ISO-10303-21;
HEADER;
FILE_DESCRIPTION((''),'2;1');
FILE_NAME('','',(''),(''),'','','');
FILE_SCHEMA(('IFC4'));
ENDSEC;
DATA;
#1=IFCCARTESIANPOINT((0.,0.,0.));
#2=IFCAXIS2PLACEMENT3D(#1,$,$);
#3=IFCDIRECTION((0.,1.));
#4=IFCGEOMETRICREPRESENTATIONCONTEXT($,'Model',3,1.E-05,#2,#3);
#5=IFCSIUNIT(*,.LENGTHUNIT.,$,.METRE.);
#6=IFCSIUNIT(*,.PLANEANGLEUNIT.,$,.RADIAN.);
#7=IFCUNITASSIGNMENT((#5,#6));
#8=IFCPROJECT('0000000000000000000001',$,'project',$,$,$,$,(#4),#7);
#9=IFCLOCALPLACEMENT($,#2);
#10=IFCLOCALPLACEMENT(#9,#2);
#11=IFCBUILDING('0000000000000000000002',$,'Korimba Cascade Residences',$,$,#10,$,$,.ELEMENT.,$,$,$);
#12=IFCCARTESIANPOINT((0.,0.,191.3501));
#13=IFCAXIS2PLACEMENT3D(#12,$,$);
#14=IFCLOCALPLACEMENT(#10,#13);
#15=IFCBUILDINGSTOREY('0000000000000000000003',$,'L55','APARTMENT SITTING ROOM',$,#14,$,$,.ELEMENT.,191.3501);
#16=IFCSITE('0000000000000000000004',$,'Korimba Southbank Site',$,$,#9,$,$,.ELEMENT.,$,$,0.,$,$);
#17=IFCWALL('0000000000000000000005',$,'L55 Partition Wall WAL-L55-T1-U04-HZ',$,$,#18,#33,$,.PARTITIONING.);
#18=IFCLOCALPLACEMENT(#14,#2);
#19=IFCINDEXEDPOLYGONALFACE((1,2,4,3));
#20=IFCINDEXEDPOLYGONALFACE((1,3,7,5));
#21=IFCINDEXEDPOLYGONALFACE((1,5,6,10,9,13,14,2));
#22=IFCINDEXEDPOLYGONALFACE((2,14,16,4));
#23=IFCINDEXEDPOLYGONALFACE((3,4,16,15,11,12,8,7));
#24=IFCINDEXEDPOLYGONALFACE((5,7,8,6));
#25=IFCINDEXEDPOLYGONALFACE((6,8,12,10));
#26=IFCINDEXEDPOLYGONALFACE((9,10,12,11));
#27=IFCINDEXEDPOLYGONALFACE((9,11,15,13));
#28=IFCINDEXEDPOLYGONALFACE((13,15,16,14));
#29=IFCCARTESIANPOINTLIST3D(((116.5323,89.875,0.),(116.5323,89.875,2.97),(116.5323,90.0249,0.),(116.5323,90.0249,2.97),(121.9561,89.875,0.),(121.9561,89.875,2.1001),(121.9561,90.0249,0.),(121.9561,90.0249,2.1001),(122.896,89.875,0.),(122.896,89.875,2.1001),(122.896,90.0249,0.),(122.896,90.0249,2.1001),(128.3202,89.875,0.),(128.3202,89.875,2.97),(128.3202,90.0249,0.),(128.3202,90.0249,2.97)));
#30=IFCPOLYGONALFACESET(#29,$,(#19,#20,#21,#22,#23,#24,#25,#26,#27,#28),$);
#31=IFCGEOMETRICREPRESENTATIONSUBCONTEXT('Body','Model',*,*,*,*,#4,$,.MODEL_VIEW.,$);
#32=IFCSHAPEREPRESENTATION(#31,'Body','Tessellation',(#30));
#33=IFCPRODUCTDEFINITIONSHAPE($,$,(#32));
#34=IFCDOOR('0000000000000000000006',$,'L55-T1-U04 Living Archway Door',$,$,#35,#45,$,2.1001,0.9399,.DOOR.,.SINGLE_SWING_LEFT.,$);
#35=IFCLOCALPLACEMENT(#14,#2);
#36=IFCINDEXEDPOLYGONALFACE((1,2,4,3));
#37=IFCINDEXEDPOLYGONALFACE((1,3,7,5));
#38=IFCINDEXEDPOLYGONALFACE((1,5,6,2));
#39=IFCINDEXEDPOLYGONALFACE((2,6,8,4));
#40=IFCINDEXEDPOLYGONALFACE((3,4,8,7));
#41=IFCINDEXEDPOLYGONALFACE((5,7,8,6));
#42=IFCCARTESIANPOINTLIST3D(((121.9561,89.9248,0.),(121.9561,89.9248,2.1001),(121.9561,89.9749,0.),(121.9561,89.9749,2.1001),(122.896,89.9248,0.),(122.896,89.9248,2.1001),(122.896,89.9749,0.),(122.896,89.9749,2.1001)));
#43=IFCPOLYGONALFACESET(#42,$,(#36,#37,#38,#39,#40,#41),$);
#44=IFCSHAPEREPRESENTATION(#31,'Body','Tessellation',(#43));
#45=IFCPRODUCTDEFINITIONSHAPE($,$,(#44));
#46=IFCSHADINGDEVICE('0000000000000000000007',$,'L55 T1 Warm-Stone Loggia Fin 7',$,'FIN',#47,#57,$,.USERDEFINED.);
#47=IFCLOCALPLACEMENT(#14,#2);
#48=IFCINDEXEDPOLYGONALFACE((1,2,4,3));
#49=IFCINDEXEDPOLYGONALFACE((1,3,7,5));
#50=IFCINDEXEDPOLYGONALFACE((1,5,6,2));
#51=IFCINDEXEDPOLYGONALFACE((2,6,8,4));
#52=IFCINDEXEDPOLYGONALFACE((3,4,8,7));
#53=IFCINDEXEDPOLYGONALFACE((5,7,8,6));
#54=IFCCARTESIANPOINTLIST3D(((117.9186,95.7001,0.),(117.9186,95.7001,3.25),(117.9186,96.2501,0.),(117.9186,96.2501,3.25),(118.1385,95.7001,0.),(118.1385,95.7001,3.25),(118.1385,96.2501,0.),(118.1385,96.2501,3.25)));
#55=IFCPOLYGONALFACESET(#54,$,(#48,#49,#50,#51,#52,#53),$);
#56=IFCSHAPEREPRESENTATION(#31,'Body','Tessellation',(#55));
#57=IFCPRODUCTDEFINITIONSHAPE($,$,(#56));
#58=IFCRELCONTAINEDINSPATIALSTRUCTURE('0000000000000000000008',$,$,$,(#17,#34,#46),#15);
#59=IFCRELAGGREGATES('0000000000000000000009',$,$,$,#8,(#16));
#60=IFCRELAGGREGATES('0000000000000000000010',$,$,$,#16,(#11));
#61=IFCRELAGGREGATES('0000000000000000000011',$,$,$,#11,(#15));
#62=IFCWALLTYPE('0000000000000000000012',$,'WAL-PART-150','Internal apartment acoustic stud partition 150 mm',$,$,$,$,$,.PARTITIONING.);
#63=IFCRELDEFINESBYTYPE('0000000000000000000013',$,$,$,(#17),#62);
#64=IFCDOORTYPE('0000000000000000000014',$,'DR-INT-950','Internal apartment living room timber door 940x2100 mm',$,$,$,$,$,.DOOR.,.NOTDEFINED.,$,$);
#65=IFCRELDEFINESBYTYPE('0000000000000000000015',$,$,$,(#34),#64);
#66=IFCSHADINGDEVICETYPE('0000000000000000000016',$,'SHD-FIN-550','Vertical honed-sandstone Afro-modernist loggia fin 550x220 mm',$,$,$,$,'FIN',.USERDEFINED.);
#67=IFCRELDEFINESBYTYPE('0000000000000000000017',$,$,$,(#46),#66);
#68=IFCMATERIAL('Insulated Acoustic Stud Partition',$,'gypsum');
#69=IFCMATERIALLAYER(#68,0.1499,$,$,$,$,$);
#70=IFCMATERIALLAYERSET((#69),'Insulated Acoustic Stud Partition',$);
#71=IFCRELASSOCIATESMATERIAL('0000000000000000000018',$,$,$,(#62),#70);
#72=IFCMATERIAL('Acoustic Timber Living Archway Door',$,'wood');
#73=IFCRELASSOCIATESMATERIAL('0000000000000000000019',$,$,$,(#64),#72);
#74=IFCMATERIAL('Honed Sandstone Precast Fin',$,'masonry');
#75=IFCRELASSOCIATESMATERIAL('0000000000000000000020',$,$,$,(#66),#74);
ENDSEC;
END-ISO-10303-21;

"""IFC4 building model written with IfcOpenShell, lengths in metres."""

from ifc_helpers import new_model, si_unit, direction, frame, frame_2d, origin, origin_2d, place, context, subcontext, project, spatial, rectangle, extrude, material, layer, layer_set, type_object, element, fill, save


model = new_model("IFC4")

# Units and contexts
model_context = context("Model", 3, precision=1e-05, world=origin(), true_north=direction((0.0, 1.0)))
body_context = subcontext(model_context, "Body", "Model", "MODEL_VIEW")
ifc_project = project(units=[si_unit("LENGTHUNIT", "METRE"), si_unit("PLANEANGLEUNIT", "RADIAN")], contexts=[model_context])

# Site, building, storey
site_placement = place(None, origin())
site = spatial("IfcSite", under=ifc_project, at=site_placement, Name="Korimba Southbank Site", CompositionType="ELEMENT", RefElevation=0.0)
building_placement = place(site_placement, origin())
building = spatial("IfcBuilding", under=site, at=building_placement, Name="Korimba Cascade Residences", CompositionType="ELEMENT")
storey_placement = place(building_placement, frame((0.0, 0.0, 191.3501)))
storey = spatial("IfcBuildingStorey", under=building, at=storey_placement, Name="L55", Description="APARTMENT SITTING ROOM", CompositionType="ELEMENT", Elevation=191.3501)

# Shared definitions
ifc_material_1 = material(Name="Insulated Acoustic Stud Partition", Category="gypsum")
ifc_layer = layer(ifc_material_1, 0.1499)
ifc_layer_set = layer_set([ifc_layer], Name="Insulated Acoustic Stud Partition")
wall_type = type_object("IfcWallType", Name="WAL-PART-150", Description="Internal apartment acoustic stud partition 150 mm", PredefinedType="PARTITIONING", material=ifc_layer_set)

# Wall, opening, door
wall_1_placement = place(storey_placement, frame((116.5322, 89.95, 0.0), z_axis=(0.0, 0.0, 1.0), x_axis=(1.0, 0.0, 0.0)))
wall_1 = element("IfcWall", 1, at=wall_1_placement, inside=storey, type_object=wall_type, Name="L55 Partition Wall WAL-L55-T1-U04-HZ", PredefinedType="PARTITIONING", context=body_context, shape_type="SweptSolid", body=[
    extrude(rectangle(XDim=11.7878, YDim=0.1499, at=frame_2d((5.894, 0.0))), origin(), (0.0, 0.0, 1.0), 2.97),
])
opening_1_placement = place(wall_1_placement, frame((5.4238, 0.0, 0.0)))
opening_1 = element("IfcOpeningElement", 2, at=opening_1_placement, cuts=wall_1, PredefinedType="OPENING", context=body_context, shape_type="SweptSolid", body=[
    extrude(rectangle(XDim=0.9399, YDim=2.1001, at=frame_2d((0.47, 1.05))), frame((0.0, 0.085, 0.0), z_axis=(0.0, -1.0, 0.0), x_axis=(1.0, 0.0, 0.0)), (0.0, 0.0, 1.0), 0.1699),
])
ifc_material_2 = material(Name="Acoustic Timber Living Archway Door", Category="wood")
door_type_1 = type_object("IfcDoorType", Name="DR-INT-950", Description="Internal apartment living room timber door 940x2100 mm", OperationType="NOTDEFINED", PredefinedType="DOOR", material=ifc_material_2)
door_1_placement = place(opening_1_placement, origin())
door_1 = element("IfcDoor", 3, at=door_1_placement, inside=storey, type_object=door_type_1, Name="L55-T1-U04 Living Archway Door", OperationType="SINGLE_SWING_LEFT", OverallHeight=2.1001, OverallWidth=0.9399, PredefinedType="DOOR", context=body_context, shape_type="SweptSolid", body=[
    extrude(rectangle(XDim=0.9399, YDim=2.1001, at=frame_2d((0.47, 1.05))), frame((0.0, 0.0249, 0.0), z_axis=(0.0, -1.0, 0.0), x_axis=(1.0, 0.0, 0.0)), (0.0, 0.0, 1.0), 0.05),
])
fill(opening_1, door_1)

# Shading device
ifc_material_3 = material(Name="Honed Sandstone Precast Fin", Category="masonry")
shading_device_type = type_object("IfcShadingDeviceType", Name="SHD-FIN-550", Description="Vertical honed-sandstone Afro-modernist loggia fin 550x220 mm", ElementType="FIN", PredefinedType="USERDEFINED", material=ifc_material_3)
shading_device_placement = place(storey_placement, frame((118.0286, 95.9751, 0.0), z_axis=(0.0, 0.0, 1.0), x_axis=(1.0, 0.0, 0.0)))
element("IfcShadingDevice", 4, at=shading_device_placement, inside=storey, type_object=shading_device_type, Name="L55 T1 Warm-Stone Loggia Fin 7", ObjectType="FIN", PredefinedType="USERDEFINED", context=body_context, shape_type="SweptSolid", body=[
    extrude(rectangle(XDim=0.22, YDim=0.55, at=origin_2d()), origin(), (0.0, 0.0, 1.0), 3.25),
])

save(model, "model.ifc")
